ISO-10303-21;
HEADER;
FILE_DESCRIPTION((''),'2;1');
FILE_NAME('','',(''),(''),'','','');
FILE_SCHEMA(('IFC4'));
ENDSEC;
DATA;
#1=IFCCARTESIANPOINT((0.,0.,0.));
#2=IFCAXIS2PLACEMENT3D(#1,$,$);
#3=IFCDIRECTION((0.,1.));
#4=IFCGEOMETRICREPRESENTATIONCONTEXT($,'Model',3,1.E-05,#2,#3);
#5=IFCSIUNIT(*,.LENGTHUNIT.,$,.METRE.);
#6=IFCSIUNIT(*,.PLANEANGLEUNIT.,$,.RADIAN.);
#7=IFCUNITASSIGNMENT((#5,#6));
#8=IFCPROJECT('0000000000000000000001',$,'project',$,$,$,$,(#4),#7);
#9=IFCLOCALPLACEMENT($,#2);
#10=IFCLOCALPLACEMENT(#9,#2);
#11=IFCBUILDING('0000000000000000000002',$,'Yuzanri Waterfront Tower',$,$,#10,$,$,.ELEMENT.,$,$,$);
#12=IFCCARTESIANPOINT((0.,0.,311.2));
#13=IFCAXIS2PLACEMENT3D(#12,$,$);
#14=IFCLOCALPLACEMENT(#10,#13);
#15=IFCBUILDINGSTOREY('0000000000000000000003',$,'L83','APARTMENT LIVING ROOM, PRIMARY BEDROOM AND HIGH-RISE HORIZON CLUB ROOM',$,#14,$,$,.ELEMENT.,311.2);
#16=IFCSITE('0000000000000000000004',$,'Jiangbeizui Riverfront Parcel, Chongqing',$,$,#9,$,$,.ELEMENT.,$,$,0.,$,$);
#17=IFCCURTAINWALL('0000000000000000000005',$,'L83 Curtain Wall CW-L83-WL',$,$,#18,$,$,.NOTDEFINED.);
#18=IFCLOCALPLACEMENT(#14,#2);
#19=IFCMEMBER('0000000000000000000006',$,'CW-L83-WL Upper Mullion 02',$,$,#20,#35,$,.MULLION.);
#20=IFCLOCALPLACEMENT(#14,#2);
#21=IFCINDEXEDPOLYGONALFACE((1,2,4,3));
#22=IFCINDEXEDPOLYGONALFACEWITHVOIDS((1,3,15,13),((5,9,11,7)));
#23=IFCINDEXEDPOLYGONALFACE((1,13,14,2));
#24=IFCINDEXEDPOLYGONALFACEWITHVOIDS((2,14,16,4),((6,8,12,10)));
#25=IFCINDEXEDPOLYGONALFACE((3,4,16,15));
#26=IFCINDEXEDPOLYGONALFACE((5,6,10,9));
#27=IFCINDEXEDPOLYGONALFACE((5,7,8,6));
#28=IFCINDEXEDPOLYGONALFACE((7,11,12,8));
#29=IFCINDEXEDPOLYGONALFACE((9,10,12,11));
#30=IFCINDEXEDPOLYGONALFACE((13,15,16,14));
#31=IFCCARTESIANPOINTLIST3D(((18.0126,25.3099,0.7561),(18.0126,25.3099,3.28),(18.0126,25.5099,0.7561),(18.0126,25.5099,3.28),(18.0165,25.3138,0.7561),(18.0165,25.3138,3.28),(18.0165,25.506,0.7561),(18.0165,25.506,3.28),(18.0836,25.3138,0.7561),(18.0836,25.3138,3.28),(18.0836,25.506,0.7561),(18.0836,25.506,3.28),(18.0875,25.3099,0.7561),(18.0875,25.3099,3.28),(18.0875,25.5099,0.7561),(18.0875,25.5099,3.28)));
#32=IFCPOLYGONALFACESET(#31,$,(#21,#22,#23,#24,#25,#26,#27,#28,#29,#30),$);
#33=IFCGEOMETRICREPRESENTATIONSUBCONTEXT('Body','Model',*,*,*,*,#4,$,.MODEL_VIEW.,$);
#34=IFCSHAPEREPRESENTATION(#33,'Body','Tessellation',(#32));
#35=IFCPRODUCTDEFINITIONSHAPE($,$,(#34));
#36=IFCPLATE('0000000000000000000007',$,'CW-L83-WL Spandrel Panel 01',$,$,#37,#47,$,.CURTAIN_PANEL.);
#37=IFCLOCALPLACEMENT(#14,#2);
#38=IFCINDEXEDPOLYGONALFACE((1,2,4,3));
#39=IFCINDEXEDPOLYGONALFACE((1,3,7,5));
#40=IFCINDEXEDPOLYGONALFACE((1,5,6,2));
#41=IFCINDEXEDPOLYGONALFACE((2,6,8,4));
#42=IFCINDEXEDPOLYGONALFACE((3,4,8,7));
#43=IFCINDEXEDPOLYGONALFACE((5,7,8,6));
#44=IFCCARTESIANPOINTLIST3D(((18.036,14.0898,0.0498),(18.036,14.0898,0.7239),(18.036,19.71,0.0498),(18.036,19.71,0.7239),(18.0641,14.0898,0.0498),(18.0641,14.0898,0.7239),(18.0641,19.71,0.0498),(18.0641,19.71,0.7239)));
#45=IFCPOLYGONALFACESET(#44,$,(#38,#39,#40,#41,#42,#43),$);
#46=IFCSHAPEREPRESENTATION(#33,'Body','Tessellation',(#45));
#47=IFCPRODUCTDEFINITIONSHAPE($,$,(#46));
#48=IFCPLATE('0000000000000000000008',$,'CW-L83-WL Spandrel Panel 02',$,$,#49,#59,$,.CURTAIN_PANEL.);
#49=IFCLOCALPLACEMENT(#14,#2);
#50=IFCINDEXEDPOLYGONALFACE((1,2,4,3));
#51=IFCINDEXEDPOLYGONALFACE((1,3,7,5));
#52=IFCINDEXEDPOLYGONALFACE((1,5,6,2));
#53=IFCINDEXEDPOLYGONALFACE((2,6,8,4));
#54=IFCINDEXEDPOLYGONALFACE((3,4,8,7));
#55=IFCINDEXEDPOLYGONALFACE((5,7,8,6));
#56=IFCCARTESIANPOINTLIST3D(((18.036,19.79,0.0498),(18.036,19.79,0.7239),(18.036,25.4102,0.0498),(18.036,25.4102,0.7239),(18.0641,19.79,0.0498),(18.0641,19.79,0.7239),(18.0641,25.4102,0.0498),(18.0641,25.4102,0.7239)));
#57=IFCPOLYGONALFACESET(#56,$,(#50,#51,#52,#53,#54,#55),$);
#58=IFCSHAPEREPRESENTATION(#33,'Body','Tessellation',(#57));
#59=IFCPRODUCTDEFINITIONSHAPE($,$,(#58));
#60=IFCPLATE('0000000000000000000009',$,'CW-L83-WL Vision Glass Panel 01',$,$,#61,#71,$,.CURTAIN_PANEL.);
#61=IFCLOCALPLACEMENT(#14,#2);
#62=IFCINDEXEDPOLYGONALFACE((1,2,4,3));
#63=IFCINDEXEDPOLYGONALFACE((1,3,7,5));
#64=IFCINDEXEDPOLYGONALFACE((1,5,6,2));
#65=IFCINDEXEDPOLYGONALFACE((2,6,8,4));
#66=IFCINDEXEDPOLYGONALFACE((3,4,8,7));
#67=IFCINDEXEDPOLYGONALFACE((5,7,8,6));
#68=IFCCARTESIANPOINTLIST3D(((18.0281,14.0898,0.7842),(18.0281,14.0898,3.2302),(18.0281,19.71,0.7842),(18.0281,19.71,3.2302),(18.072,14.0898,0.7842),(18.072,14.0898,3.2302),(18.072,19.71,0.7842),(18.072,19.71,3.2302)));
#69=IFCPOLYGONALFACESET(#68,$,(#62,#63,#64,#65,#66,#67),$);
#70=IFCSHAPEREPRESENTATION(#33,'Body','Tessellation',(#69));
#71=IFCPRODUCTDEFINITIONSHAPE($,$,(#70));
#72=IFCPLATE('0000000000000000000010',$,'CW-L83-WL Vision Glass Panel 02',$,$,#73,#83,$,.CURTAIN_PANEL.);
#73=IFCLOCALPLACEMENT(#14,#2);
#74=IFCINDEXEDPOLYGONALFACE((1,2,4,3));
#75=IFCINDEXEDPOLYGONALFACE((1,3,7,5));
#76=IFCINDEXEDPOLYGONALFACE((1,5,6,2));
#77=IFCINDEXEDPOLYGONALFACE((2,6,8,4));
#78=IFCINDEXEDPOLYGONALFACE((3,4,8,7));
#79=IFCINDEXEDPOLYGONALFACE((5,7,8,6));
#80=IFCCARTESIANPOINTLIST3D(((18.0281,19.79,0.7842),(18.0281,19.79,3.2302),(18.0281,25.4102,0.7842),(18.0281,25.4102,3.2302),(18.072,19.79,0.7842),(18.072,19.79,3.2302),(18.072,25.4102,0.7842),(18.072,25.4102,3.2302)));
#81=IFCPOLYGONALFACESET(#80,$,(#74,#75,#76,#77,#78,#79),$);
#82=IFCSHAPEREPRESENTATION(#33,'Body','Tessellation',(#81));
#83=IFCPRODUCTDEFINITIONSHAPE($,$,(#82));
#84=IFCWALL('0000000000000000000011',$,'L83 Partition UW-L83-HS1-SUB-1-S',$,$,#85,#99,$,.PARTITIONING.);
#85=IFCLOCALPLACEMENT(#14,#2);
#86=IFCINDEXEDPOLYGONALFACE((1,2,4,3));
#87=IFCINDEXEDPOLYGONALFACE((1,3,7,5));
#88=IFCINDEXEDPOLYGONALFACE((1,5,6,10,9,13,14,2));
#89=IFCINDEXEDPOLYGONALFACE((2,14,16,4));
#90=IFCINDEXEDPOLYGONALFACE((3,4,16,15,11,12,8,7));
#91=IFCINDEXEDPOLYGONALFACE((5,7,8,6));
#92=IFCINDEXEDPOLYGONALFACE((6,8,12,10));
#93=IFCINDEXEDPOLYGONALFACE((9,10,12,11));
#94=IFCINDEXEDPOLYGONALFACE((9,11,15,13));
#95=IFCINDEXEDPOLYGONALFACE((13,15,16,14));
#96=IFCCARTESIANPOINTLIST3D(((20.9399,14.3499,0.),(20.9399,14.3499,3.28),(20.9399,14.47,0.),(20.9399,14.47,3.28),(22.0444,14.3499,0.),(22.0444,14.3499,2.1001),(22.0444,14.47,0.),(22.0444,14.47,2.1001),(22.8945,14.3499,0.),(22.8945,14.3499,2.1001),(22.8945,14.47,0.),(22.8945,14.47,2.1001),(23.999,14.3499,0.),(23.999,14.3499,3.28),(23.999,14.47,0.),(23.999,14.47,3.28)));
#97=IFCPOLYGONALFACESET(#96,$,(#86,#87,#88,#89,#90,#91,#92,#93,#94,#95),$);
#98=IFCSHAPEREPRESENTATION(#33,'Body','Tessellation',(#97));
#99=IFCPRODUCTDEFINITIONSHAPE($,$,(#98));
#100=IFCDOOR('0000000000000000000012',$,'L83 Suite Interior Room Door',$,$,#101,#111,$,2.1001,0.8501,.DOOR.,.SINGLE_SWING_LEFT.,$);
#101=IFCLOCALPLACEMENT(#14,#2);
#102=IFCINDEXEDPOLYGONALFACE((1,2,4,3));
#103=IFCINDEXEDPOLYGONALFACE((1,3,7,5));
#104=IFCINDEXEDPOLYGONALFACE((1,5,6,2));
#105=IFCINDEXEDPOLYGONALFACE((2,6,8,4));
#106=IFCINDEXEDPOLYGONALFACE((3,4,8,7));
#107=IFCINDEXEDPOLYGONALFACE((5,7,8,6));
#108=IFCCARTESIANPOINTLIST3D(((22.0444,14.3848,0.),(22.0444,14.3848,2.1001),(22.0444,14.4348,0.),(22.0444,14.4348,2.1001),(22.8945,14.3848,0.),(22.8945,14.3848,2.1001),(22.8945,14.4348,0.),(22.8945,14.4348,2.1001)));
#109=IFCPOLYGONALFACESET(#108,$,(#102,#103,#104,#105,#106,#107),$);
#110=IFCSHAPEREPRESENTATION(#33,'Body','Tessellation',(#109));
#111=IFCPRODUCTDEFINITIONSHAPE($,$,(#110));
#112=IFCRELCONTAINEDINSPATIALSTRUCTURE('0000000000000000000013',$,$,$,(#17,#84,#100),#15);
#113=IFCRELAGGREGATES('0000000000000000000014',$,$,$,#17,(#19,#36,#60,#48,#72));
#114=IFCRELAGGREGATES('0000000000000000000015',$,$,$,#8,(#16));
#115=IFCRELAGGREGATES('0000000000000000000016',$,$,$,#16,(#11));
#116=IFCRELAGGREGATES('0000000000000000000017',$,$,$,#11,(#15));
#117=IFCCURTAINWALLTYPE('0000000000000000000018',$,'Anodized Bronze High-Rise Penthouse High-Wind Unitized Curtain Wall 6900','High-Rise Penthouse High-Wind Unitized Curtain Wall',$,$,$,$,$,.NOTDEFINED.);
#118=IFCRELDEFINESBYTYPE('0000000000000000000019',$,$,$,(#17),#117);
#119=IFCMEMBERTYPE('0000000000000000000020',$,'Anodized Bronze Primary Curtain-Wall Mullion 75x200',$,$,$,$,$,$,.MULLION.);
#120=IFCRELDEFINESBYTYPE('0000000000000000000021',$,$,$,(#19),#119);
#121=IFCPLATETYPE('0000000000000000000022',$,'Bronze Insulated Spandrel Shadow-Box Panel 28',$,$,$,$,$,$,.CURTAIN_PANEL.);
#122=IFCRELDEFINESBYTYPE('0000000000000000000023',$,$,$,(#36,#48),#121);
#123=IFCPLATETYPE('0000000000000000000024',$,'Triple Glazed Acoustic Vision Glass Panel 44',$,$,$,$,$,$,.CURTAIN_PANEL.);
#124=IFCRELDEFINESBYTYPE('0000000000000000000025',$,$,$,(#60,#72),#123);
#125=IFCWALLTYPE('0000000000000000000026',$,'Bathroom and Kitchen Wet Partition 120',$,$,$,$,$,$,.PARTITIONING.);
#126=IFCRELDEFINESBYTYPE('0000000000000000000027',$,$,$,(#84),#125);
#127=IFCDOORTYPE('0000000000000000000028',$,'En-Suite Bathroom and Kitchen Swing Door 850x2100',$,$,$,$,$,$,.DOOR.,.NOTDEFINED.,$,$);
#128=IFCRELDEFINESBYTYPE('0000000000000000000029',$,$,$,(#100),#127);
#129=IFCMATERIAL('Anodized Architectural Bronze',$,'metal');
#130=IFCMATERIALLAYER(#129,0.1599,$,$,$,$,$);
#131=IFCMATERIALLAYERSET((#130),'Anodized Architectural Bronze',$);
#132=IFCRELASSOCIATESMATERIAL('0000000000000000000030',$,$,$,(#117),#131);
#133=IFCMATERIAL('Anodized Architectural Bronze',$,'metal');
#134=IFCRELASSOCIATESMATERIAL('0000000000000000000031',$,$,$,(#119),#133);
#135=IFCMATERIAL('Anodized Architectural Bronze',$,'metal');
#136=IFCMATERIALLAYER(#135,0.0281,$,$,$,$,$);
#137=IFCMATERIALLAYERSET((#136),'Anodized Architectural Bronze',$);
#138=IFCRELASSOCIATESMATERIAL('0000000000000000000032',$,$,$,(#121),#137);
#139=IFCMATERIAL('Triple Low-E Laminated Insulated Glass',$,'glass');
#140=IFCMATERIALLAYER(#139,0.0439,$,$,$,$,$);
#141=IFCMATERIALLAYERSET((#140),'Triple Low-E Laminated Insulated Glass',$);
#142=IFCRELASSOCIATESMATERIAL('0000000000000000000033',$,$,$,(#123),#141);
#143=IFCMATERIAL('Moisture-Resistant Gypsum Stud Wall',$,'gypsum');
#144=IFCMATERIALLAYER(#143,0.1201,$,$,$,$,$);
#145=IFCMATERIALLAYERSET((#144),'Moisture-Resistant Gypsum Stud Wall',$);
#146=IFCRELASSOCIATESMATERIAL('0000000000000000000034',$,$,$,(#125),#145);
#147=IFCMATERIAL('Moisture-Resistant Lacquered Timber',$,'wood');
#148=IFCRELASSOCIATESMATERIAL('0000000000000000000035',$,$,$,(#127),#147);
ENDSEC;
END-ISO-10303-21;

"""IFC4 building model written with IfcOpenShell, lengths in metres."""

from ifc_helpers import new_model, si_unit, direction, frame, frame_2d, origin, origin_2d, place, context, subcontext, project, spatial, rectangle, hollow_rectangle, extrude, source, transform, mapped, material, layer, layer_set, material_profile, profile_set, type_object, element, fill, aggregate, save


model = new_model("IFC4")

# Units and contexts
model_context = context("Model", 3, precision=1e-05, world=origin(), true_north=direction((0.0, 1.0)))
body_context = subcontext(model_context, "Body", "Model", "MODEL_VIEW")
ifc_project = project(units=[si_unit("LENGTHUNIT", "METRE"), si_unit("PLANEANGLEUNIT", "RADIAN")], contexts=[model_context])

# Site, building, storey
site_placement = place(None, origin())
site = spatial("IfcSite", under=ifc_project, at=site_placement, Name="Jiangbeizui Riverfront Parcel, Chongqing", CompositionType="ELEMENT", RefElevation=0.0)
building_placement = place(site_placement, origin())
building = spatial("IfcBuilding", under=site, at=building_placement, Name="Yuzanri Waterfront Tower", CompositionType="ELEMENT")
storey_placement = place(building_placement, frame((0.0, 0.0, 311.2)))
storey = spatial("IfcBuildingStorey", under=building, at=storey_placement, Name="L83", Description="APARTMENT LIVING ROOM, PRIMARY BEDROOM AND HIGH-RISE HORIZON CLUB ROOM", CompositionType="ELEMENT", Elevation=311.2)

# Curtain wall, member, plates
ifc_material_1 = material(Name="Anodized Architectural Bronze", Category="metal")
ifc_layer_1 = layer(ifc_material_1, 0.1599)
ifc_layer_set_1 = layer_set([ifc_layer_1], Name="Anodized Architectural Bronze")
curtain_wall_type = type_object("IfcCurtainWallType", Name="Anodized Bronze High-Rise Penthouse High-Wind Unitized Curtain Wall 6900", Description="High-Rise Penthouse High-Wind Unitized Curtain Wall", PredefinedType="NOTDEFINED", material=ifc_layer_set_1)
curtain_wall_placement = place(storey_placement, origin())
curtain_wall = element("IfcCurtainWall", 1, at=curtain_wall_placement, inside=storey, type_object=curtain_wall_type, Name="L83 Curtain Wall CW-L83-WL", PredefinedType="NOTDEFINED")
ifc_material_2 = material(Name="Anodized Architectural Bronze", Category="metal")
ifc_material_profile_1 = material_profile(ifc_material_2, hollow_rectangle(XDim=0.075, YDim=0.2, WallThickness=0.0039, at=origin_2d()), Name="CWM 75x200")
ifc_profile_set_1 = profile_set([ifc_material_profile_1], Name="Anodized Architectural Bronze")
member_type = type_object("IfcMemberType", Name="Anodized Bronze Primary Curtain-Wall Mullion 75x200", PredefinedType="MULLION", material=ifc_profile_set_1)
shared_shape_1 = source(origin(), body_context, "Body", "SweptSolid", [
    extrude(hollow_rectangle(XDim=0.075, YDim=0.2, WallThickness=0.0039, at=origin_2d()), origin(), (0.0, 0.0, 1.0), 2.5239),
])
member_1_placement = place(storey_placement, frame((18.05, 25.4099, 0.7561), z_axis=(0.0, 0.0, 1.0), x_axis=(1.0, 0.0, 0.0)))
member_1 = element("IfcMember", 2, at=member_1_placement, type_object=member_type, Name="CW-L83-WL Upper Mullion 02", PredefinedType="MULLION", context=body_context, shape_type="MappedRepresentation", body=[
    mapped(shared_shape_1, transform((0.0, 0.0, 0.0), scale=1.0)),
])
ifc_material_3 = material(Name="Anodized Architectural Bronze", Category="metal")
ifc_layer_2 = layer(ifc_material_3, 0.0281)
ifc_layer_set_2 = layer_set([ifc_layer_2], Name="Anodized Architectural Bronze")
plate_type_1 = type_object("IfcPlateType", Name="Bronze Insulated Spandrel Shadow-Box Panel 28", PredefinedType="CURTAIN_PANEL", material=ifc_layer_set_2)
shared_shape_2 = source(origin(), body_context, "Body", "SweptSolid", [
    extrude(rectangle(XDim=5.6201, YDim=0.0281, at=origin_2d()), origin(), (0.0, 0.0, 1.0), 0.6741),
])
plate_1_placement = place(storey_placement, frame((18.05, 16.8999, 0.0498), z_axis=(0.0, 0.0, 1.0), x_axis=(0.0, 1.0, 0.0)))
plate_1 = element("IfcPlate", 3, at=plate_1_placement, type_object=plate_type_1, Name="CW-L83-WL Spandrel Panel 01", PredefinedType="CURTAIN_PANEL", context=body_context, shape_type="MappedRepresentation", body=[
    mapped(shared_shape_2, transform((0.0, 0.0, 0.0), scale=1.0)),
])
plate_2_placement = place(storey_placement, frame((18.05, 22.6001, 0.0498), z_axis=(0.0, 0.0, 1.0), x_axis=(0.0, 1.0, 0.0)))
plate_2 = element("IfcPlate", 4, at=plate_2_placement, type_object=plate_type_1, Name="CW-L83-WL Spandrel Panel 02", PredefinedType="CURTAIN_PANEL", context=body_context, shape_type="MappedRepresentation", body=[
    mapped(shared_shape_2, transform((0.0, 0.0, 0.0), scale=1.0)),
])
ifc_material_4 = material(Name="Triple Low-E Laminated Insulated Glass", Category="glass")
ifc_layer_3 = layer(ifc_material_4, 0.0439)
ifc_layer_set_3 = layer_set([ifc_layer_3], Name="Triple Low-E Laminated Insulated Glass")
plate_type_2 = type_object("IfcPlateType", Name="Triple Glazed Acoustic Vision Glass Panel 44", PredefinedType="CURTAIN_PANEL", material=ifc_layer_set_3)
shared_shape_3 = source(origin(), body_context, "Body", "SweptSolid", [
    extrude(rectangle(XDim=5.6201, YDim=0.0439, at=origin_2d()), origin(), (0.0, 0.0, 1.0), 2.446),
])
plate_3_placement = place(storey_placement, frame((18.05, 16.8999, 0.7842), z_axis=(0.0, 0.0, 1.0), x_axis=(0.0, 1.0, 0.0)))
plate_3 = element("IfcPlate", 5, at=plate_3_placement, type_object=plate_type_2, Name="CW-L83-WL Vision Glass Panel 01", PredefinedType="CURTAIN_PANEL", context=body_context, shape_type="MappedRepresentation", body=[
    mapped(shared_shape_3, transform((0.0, 0.0, 0.0), scale=1.0)),
])
plate_4_placement = place(storey_placement, frame((18.05, 22.6001, 0.7842), z_axis=(0.0, 0.0, 1.0), x_axis=(0.0, 1.0, 0.0)))
plate_4 = element("IfcPlate", 6, at=plate_4_placement, type_object=plate_type_2, Name="CW-L83-WL Vision Glass Panel 02", PredefinedType="CURTAIN_PANEL", context=body_context, shape_type="MappedRepresentation", body=[
    mapped(shared_shape_3, transform((0.0, 0.0, 0.0), scale=1.0)),
])
aggregate(curtain_wall, [member_1, plate_1, plate_3, plate_2, plate_4])

# Wall, opening, door
ifc_material_5 = material(Name="Moisture-Resistant Gypsum Stud Wall", Category="gypsum")
ifc_layer_4 = layer(ifc_material_5, 0.1201)
ifc_layer_set_4 = layer_set([ifc_layer_4], Name="Moisture-Resistant Gypsum Stud Wall")
wall_type_1 = type_object("IfcWallType", Name="Bathroom and Kitchen Wet Partition 120", PredefinedType="PARTITIONING", material=ifc_layer_set_4)
wall_1_placement = place(storey_placement, frame((20.9399, 14.4099, 0.0), z_axis=(0.0, 0.0, 1.0), x_axis=(1.0, 0.0, 0.0)))
wall_1 = element("IfcWall", 7, at=wall_1_placement, inside=storey, type_object=wall_type_1, Name="L83 Partition UW-L83-HS1-SUB-1-S", PredefinedType="PARTITIONING", context=body_context, shape_type="SweptSolid", body=[
    extrude(rectangle(XDim=3.0591, YDim=0.1201, at=frame_2d((1.5295, 0.0))), origin(), (0.0, 0.0, 1.0), 3.28),
])
opening_1_placement = place(wall_1_placement, frame((1.1045, 0.0, 0.0)))
opening_1 = element("IfcOpeningElement", 8, at=opening_1_placement, cuts=wall_1, PredefinedType="OPENING", context=body_context, shape_type="SweptSolid", body=[
    extrude(rectangle(XDim=0.8501, YDim=2.1001, at=frame_2d((0.425, 1.05))), frame((0.0, 0.075, 0.0), z_axis=(0.0, -1.0, 0.0), x_axis=(1.0, 0.0, 0.0)), (0.0, 0.0, 1.0), 0.1499),
])
ifc_material_6 = material(Name="Moisture-Resistant Lacquered Timber", Category="wood")
door_type_1 = type_object("IfcDoorType", Name="En-Suite Bathroom and Kitchen Swing Door 850x2100", OperationType="NOTDEFINED", PredefinedType="DOOR", material=ifc_material_6)
shared_shape_4 = source(origin(), body_context, "Body", "SweptSolid", [
    extrude(rectangle(XDim=0.8501, YDim=2.1001, at=frame_2d((0.425, 1.05))), frame((0.0, 0.0249, 0.0), z_axis=(0.0, -1.0, 0.0), x_axis=(1.0, 0.0, 0.0)), (0.0, 0.0, 1.0), 0.05),
])
door_1_placement = place(opening_1_placement, origin())
door_1 = element("IfcDoor", 9, at=door_1_placement, inside=storey, type_object=door_type_1, Name="L83 Suite Interior Room Door", OperationType="SINGLE_SWING_LEFT", OverallHeight=2.1001, OverallWidth=0.8501, PredefinedType="DOOR", context=body_context, shape_type="MappedRepresentation", body=[
    mapped(shared_shape_4, transform((0.0, 0.0, 0.0), scale=1.0)),
])
fill(opening_1, door_1)

save(model, "model.ifc")
